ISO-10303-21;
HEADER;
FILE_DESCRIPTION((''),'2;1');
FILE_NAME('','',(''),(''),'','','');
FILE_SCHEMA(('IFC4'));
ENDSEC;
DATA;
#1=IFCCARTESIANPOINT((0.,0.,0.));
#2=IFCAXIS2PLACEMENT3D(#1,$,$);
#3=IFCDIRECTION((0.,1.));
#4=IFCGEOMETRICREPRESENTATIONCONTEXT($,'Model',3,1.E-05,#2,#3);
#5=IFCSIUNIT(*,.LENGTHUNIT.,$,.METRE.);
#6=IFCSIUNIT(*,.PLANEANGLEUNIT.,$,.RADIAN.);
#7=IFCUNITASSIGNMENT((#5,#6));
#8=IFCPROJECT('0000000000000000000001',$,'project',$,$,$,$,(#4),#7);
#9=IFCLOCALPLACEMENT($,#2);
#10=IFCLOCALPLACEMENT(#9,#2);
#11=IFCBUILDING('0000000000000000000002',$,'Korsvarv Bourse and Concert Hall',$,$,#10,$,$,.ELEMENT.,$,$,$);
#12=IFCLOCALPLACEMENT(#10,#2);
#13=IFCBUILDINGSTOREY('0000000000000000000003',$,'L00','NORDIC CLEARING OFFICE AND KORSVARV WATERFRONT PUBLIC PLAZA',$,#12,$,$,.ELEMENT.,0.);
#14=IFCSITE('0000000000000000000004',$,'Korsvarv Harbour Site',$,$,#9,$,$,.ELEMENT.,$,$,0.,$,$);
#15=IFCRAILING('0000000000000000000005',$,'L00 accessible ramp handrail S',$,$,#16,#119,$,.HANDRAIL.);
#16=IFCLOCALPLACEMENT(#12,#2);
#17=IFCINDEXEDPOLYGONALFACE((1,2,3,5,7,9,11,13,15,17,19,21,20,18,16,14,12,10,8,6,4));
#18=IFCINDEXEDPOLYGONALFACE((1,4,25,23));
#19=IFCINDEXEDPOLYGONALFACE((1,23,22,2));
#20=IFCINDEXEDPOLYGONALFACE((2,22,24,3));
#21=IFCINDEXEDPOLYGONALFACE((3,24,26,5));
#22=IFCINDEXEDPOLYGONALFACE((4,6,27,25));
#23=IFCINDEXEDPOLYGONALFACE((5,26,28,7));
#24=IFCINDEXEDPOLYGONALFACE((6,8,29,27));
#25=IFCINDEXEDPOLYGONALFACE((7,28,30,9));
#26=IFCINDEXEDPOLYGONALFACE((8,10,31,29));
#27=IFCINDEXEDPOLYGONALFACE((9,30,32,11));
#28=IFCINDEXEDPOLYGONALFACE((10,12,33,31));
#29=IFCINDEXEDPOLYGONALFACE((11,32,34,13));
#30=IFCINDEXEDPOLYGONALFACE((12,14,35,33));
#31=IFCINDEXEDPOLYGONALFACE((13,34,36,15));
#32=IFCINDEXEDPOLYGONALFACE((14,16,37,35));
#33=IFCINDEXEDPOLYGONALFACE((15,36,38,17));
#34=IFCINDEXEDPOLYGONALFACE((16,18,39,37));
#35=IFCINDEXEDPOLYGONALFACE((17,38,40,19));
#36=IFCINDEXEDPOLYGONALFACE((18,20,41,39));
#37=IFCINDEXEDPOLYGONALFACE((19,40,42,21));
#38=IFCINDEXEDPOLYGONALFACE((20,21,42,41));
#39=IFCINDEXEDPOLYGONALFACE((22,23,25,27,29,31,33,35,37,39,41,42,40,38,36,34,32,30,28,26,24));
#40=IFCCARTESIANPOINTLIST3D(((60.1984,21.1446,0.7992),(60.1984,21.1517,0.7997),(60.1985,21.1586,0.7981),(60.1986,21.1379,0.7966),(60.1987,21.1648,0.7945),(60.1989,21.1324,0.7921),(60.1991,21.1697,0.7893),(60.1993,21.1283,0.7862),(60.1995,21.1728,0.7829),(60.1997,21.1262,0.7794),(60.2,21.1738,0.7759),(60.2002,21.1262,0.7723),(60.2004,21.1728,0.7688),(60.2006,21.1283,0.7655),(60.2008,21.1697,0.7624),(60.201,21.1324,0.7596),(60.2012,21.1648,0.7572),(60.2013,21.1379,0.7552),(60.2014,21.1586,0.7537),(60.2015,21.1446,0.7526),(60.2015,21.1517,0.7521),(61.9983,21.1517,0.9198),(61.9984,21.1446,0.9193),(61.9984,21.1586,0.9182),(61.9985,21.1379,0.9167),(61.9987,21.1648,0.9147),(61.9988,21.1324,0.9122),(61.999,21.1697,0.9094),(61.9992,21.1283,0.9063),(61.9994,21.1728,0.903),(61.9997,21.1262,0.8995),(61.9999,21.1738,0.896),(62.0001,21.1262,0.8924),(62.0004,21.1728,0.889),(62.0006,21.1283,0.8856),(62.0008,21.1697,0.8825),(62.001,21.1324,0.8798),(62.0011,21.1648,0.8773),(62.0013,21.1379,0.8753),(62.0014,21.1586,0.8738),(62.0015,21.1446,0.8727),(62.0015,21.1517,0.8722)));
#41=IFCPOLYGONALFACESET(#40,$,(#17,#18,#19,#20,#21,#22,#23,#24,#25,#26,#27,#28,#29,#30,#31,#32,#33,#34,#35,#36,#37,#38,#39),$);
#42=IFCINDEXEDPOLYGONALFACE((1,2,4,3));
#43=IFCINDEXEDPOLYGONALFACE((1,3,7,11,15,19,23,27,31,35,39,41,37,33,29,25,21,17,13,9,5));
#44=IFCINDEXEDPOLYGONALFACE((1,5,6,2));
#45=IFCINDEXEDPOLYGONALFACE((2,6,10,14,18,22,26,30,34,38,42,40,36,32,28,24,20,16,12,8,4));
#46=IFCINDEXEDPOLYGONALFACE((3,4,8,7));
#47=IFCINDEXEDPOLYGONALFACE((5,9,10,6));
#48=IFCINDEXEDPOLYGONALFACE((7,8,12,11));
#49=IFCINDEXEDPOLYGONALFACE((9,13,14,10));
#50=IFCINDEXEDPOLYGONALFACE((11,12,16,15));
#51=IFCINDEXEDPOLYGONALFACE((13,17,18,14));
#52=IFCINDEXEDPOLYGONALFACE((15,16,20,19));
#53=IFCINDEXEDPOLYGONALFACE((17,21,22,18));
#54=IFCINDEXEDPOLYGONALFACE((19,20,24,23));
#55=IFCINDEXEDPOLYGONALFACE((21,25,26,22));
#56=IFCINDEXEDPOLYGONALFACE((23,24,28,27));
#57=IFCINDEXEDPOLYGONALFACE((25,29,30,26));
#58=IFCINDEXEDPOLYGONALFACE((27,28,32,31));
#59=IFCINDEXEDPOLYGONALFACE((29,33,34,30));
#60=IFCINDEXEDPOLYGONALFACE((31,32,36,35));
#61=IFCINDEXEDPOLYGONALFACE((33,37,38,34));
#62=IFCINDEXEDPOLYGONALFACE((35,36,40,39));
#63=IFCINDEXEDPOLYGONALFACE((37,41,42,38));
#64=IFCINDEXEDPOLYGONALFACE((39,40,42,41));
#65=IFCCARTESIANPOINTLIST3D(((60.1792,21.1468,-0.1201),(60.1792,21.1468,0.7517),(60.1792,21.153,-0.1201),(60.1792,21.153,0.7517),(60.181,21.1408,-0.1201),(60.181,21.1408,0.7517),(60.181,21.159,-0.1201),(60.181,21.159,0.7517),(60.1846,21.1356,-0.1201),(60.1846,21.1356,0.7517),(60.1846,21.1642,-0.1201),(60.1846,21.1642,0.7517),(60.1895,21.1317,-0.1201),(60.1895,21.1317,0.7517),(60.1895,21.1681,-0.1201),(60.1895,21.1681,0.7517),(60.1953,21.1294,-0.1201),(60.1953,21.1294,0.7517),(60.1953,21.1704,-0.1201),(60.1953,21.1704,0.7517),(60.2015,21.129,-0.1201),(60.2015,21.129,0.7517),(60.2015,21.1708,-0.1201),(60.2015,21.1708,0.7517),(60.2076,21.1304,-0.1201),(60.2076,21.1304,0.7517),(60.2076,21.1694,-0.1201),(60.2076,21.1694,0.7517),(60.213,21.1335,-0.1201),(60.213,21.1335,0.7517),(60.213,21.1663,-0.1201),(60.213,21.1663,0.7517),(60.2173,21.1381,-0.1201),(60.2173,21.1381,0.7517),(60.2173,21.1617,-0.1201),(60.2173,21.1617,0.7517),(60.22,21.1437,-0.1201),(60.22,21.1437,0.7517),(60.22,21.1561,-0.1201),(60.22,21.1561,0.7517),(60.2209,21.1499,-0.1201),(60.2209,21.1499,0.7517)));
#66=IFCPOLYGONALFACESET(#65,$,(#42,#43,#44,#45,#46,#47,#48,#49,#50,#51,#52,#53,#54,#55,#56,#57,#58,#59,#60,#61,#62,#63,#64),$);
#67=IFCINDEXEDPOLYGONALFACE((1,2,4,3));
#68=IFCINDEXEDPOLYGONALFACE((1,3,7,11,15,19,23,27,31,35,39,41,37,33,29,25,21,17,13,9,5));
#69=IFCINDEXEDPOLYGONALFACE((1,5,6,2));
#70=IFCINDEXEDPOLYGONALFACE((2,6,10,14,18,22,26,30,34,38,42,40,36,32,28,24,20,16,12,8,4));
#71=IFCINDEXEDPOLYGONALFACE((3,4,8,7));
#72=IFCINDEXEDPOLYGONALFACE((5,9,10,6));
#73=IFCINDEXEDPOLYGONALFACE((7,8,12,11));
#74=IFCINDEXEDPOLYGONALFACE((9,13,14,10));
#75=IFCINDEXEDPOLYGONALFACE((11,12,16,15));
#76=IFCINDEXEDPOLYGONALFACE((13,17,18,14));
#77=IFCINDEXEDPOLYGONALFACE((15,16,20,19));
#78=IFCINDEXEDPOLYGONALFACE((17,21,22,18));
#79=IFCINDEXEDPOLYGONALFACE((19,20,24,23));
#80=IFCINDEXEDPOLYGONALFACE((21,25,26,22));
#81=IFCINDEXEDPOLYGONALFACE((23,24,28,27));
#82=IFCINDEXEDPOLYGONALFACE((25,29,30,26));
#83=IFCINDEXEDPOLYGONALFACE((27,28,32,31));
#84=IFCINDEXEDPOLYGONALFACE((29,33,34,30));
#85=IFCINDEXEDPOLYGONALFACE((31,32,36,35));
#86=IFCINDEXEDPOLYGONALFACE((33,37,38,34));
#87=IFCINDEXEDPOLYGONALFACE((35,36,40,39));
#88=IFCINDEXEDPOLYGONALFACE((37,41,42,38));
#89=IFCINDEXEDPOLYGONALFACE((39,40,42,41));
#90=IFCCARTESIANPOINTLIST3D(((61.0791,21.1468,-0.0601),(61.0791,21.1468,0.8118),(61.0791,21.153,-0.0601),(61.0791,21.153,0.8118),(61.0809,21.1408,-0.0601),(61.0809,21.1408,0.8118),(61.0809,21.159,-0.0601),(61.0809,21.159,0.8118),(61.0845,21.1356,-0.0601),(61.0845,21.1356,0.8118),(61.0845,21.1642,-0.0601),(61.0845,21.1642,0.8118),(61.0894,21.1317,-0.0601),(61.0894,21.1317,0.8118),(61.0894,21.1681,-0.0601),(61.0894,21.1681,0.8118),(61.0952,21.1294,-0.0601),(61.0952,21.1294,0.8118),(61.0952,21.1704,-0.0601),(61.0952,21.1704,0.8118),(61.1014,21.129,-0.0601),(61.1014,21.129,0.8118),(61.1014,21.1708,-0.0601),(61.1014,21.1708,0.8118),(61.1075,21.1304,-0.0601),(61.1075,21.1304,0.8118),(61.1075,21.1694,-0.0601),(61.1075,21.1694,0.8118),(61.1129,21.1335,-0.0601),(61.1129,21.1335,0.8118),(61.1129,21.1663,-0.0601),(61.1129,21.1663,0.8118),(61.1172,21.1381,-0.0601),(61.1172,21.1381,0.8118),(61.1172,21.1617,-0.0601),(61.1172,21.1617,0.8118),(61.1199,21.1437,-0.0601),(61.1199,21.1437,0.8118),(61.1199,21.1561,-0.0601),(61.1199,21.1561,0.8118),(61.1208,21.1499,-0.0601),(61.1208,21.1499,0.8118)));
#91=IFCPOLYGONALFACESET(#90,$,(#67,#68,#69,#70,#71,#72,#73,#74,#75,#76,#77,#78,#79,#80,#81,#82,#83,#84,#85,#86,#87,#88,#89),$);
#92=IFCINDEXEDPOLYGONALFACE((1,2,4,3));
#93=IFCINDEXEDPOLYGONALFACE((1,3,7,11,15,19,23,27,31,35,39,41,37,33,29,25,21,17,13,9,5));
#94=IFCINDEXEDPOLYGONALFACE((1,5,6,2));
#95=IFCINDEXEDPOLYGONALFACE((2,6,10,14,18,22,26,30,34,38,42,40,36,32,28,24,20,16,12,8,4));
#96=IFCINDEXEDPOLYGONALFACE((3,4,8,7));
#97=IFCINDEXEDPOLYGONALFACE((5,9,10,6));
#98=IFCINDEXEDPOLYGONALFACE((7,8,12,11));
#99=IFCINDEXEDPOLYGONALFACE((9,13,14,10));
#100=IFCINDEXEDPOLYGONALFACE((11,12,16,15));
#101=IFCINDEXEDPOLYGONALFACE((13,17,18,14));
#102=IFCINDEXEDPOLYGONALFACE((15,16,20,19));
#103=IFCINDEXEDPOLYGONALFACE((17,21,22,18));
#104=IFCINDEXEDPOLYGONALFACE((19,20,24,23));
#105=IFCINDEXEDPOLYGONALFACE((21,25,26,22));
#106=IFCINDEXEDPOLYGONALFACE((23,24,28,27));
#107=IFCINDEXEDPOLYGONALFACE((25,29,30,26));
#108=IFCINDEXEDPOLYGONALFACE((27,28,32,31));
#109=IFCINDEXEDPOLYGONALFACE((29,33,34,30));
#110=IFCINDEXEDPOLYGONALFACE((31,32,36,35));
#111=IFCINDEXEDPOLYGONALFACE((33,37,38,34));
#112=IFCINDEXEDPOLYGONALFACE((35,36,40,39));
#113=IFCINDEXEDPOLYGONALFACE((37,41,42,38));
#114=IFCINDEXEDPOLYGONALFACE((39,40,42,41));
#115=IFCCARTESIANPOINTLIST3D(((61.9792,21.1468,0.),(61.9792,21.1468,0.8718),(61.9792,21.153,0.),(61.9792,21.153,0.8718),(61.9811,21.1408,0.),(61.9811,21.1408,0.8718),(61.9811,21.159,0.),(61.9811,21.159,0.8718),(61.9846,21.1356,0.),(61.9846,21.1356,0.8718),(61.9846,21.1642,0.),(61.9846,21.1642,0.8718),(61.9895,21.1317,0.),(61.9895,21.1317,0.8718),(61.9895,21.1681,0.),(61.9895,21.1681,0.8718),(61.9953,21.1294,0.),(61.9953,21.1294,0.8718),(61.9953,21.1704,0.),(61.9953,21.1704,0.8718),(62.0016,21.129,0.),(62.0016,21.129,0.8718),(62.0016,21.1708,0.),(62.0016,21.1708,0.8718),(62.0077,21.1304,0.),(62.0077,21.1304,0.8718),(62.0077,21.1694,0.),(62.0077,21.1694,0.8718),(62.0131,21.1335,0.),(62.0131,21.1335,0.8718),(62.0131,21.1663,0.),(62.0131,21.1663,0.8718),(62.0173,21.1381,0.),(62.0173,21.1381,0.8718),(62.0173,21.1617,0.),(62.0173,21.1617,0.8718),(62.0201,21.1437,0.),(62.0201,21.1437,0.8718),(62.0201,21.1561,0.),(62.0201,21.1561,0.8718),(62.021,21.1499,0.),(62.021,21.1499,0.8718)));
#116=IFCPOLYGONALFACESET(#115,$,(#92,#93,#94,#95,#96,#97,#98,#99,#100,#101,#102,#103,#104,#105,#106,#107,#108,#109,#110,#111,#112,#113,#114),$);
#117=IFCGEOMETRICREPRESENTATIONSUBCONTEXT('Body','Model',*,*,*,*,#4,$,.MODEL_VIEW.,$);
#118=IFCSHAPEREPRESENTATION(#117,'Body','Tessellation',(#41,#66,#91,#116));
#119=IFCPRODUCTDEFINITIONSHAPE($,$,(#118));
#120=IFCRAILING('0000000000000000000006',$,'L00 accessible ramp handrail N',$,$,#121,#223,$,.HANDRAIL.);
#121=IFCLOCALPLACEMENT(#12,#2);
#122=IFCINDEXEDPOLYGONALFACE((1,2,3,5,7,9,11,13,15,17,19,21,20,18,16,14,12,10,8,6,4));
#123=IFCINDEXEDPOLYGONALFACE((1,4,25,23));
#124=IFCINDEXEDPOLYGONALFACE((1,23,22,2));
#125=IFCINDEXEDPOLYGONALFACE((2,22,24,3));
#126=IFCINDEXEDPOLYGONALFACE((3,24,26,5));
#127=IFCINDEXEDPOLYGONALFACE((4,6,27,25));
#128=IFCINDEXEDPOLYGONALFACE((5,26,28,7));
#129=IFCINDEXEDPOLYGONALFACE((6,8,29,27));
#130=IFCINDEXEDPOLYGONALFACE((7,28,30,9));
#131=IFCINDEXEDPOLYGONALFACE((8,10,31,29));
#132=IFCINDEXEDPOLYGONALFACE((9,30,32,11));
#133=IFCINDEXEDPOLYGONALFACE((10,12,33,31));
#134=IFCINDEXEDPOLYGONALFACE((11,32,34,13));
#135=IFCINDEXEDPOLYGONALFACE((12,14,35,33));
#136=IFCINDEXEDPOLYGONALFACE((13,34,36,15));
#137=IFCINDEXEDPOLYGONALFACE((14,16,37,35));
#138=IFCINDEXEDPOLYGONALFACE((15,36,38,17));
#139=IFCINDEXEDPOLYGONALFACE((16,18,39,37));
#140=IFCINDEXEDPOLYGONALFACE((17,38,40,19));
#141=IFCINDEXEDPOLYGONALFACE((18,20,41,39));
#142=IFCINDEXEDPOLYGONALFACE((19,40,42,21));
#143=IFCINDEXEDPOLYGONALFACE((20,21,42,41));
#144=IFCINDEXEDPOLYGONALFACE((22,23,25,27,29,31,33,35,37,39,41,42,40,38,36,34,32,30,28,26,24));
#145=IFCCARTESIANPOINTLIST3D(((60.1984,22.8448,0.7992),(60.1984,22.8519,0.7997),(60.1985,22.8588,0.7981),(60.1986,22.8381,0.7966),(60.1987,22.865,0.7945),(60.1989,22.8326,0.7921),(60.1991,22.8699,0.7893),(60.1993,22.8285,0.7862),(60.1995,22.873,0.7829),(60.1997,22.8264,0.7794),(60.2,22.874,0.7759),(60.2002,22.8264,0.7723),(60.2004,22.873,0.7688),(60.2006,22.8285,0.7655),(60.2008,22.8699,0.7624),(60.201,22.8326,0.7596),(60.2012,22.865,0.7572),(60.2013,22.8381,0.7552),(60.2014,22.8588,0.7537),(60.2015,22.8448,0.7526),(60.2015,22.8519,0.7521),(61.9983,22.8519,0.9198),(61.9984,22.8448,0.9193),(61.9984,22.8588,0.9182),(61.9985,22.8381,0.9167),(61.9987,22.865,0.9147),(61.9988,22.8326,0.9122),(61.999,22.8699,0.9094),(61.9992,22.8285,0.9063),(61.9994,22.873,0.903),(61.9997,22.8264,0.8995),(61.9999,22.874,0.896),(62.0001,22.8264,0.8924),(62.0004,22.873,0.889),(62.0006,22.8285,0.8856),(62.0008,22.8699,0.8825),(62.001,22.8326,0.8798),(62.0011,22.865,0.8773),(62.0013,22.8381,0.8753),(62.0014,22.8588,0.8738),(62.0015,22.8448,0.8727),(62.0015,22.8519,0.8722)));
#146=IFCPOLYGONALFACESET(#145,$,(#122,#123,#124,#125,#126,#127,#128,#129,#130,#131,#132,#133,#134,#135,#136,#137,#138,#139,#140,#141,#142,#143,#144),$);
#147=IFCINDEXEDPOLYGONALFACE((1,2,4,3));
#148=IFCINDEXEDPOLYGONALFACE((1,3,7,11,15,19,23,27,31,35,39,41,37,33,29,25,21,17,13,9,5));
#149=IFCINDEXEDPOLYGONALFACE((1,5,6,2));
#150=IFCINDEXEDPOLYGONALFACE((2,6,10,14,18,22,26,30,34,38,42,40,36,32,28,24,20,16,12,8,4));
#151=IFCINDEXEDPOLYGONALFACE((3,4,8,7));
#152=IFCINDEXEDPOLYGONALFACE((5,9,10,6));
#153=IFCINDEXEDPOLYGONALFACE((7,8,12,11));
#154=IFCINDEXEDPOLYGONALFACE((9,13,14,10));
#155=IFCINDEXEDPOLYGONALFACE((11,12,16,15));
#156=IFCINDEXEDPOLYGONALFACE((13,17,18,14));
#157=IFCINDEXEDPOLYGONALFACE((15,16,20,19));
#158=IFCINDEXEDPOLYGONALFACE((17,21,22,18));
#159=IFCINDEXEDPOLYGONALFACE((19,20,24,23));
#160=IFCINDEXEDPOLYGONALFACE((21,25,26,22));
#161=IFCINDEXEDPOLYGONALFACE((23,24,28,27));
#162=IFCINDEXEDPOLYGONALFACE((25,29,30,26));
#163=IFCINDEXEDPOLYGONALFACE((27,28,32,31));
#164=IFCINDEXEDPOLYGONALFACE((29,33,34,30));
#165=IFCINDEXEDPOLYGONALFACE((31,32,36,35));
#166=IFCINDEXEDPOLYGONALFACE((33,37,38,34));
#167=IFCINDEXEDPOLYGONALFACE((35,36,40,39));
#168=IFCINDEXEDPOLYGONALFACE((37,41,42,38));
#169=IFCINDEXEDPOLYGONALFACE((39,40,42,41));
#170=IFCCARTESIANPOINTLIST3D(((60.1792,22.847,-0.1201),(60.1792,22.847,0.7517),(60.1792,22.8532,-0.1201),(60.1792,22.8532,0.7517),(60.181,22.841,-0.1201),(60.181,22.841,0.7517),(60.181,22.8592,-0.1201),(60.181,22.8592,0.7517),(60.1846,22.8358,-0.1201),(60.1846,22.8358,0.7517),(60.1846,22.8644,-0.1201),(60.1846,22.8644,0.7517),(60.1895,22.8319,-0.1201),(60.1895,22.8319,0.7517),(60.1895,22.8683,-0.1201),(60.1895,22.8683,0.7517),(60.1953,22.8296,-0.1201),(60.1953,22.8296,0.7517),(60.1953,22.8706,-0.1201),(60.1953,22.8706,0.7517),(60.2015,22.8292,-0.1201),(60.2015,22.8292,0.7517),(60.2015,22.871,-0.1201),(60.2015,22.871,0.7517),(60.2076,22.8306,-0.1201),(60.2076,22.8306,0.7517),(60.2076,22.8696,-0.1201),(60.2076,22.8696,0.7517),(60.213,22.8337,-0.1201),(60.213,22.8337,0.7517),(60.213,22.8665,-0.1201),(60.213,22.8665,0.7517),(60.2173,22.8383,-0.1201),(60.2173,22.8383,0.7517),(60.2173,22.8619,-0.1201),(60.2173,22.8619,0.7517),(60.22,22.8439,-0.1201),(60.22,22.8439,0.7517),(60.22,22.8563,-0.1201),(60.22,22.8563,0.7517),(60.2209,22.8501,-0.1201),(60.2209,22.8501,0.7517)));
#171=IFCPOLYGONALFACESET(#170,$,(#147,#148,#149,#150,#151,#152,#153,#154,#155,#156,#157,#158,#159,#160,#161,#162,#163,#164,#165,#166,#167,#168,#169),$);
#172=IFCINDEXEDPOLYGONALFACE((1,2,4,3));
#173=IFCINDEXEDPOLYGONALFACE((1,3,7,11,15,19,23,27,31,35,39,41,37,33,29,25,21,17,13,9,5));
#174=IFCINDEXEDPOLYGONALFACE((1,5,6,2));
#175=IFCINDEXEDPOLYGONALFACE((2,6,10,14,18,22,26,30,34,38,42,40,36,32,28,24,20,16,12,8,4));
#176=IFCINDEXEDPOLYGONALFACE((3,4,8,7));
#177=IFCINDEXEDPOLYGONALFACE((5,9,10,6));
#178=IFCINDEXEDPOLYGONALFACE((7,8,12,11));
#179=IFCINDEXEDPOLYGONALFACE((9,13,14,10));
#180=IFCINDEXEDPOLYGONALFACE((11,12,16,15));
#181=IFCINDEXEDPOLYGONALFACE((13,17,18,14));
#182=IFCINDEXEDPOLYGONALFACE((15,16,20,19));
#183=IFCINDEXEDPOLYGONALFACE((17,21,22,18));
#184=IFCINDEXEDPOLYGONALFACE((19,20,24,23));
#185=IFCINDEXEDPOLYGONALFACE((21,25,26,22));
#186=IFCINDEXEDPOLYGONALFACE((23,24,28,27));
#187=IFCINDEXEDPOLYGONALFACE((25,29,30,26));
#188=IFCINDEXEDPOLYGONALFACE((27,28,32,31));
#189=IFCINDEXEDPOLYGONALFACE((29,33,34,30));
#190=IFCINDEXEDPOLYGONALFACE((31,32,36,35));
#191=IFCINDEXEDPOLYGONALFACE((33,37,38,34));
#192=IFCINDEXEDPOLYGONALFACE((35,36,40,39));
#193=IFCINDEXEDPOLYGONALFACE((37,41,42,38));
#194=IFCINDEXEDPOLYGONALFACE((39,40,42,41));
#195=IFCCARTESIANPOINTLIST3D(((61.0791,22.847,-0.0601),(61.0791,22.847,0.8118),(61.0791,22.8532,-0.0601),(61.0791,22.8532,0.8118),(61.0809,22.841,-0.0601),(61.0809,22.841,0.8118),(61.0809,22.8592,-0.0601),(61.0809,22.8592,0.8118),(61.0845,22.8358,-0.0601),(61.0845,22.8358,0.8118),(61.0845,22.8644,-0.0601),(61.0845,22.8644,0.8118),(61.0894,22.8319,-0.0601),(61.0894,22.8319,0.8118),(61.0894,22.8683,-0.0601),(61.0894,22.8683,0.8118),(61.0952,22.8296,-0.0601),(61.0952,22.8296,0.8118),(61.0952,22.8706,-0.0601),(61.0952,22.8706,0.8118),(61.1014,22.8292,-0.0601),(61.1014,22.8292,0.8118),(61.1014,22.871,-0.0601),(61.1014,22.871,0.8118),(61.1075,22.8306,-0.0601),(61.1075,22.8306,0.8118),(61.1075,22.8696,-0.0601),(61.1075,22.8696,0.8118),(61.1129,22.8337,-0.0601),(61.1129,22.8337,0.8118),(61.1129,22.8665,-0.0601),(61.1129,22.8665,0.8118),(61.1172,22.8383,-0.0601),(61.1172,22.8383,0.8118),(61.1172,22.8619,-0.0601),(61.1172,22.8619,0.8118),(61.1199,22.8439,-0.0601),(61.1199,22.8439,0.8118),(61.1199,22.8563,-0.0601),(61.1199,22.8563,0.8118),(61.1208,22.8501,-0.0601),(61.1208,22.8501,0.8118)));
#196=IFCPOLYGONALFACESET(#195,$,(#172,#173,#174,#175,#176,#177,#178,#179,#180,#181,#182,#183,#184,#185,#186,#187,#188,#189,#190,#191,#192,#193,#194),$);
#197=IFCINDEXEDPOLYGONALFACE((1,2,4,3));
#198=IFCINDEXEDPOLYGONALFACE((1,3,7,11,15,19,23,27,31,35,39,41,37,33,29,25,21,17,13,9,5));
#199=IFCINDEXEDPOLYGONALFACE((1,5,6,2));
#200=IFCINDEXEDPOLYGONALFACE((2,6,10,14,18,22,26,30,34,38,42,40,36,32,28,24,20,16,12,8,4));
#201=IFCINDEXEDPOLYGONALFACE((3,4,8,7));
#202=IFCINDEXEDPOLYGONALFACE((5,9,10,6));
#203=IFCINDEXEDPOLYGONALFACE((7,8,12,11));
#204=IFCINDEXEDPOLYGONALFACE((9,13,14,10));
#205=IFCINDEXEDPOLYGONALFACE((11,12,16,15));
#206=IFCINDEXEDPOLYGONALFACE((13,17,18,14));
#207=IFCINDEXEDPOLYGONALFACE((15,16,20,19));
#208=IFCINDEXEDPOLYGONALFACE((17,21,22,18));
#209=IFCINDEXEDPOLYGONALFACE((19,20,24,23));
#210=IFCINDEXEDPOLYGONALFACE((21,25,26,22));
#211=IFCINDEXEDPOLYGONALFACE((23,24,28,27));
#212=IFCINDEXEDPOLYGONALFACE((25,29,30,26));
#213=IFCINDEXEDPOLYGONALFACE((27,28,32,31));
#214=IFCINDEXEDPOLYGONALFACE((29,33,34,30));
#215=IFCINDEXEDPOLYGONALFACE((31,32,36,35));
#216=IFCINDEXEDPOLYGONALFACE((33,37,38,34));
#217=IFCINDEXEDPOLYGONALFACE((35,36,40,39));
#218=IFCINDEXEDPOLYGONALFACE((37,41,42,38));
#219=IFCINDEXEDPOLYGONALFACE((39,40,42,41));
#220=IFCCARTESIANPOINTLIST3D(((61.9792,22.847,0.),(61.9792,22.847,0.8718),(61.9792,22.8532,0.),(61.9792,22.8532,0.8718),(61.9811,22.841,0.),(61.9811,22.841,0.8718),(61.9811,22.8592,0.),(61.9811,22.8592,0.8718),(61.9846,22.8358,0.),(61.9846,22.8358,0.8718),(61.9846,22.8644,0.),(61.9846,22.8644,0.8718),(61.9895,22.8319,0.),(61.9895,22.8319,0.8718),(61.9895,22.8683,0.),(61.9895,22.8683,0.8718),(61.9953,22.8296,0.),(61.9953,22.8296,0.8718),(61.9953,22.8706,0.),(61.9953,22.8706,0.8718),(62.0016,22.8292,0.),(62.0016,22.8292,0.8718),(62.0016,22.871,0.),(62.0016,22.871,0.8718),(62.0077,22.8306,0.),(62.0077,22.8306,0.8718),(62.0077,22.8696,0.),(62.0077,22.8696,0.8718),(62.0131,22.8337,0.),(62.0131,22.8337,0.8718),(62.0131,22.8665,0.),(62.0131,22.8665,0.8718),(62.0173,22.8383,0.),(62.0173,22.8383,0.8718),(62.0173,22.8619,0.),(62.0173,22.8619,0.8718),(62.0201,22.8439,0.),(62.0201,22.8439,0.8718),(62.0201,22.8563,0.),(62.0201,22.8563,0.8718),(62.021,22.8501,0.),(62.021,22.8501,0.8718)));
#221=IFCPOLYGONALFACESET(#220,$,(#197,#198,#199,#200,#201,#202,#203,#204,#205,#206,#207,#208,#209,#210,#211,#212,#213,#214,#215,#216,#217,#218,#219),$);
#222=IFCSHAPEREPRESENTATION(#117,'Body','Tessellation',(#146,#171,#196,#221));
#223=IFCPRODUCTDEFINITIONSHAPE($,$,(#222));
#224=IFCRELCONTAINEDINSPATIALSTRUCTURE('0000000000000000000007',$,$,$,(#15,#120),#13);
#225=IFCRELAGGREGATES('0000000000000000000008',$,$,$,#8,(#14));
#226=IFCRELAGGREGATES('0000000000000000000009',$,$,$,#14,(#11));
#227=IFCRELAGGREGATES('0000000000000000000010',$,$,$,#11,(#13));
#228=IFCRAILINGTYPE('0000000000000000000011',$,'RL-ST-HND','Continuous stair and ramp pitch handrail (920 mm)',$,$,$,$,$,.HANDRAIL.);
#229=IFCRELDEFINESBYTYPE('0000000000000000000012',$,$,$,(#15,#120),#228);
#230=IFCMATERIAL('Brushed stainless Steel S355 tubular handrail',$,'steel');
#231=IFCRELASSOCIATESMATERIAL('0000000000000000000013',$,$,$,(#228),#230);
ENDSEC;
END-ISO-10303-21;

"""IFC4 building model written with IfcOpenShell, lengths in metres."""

from ifc_helpers import new_model, si_unit, direction, frame, origin, origin_2d, place, context, subcontext, project, spatial, circle, extrude, material, type_object, element, save


model = new_model("IFC4")

# Units and contexts
model_context = context("Model", 3, precision=1e-05, world=origin(), true_north=direction((0.0, 1.0)))
body_context = subcontext(model_context, "Body", "Model", "MODEL_VIEW")
ifc_project = project(units=[si_unit("LENGTHUNIT", "METRE"), si_unit("PLANEANGLEUNIT", "RADIAN")], contexts=[model_context])

# Site, building, storey
site_placement = place(None, origin())
site = spatial("IfcSite", under=ifc_project, at=site_placement, Name="Korsvarv Harbour Site", CompositionType="ELEMENT", RefElevation=0.0)
building_placement = place(site_placement, origin())
building = spatial("IfcBuilding", under=site, at=building_placement, Name="Korsvarv Bourse and Concert Hall", CompositionType="ELEMENT")
storey_placement = place(building_placement, origin())
storey = spatial("IfcBuildingStorey", under=building, at=storey_placement, Name="L00", Description="NORDIC CLEARING OFFICE AND KORSVARV WATERFRONT PUBLIC PLAZA", CompositionType="ELEMENT", Elevation=0.0)

# Railings
ifc_material_1 = material(Name="Brushed stainless Steel S355 tubular handrail", Category="steel")
railing_type = type_object("IfcRailingType", Name="RL-ST-HND", Description="Continuous stair and ramp pitch handrail (920 mm)", PredefinedType="HANDRAIL", material=ifc_material_1)
for number, where, name in (
    (1, (60.2, 21.1499, -0.1201), "L00 accessible ramp handrail S"),
    (2, (60.2, 22.8501, -0.1201), "L00 accessible ramp handrail N"),
):
    element("IfcRailing", number, at=place(storey_placement, frame(where)), inside=storey, type_object=railing_type, Name=name, PredefinedType="HANDRAIL", context=body_context, shape_type="SweptSolid", body=[
        extrude(circle(Radius=0.0239, at=origin_2d()), frame((0.0, 0.0, 0.896), z_axis=(0.997781, 0.0, 0.066582), x_axis=(0.0, 1.0, 0.0)), (0.0, 0.0, 1.0), 1.804),
        extrude(circle(Radius=0.021, at=origin_2d()), origin(), (0.0, 0.0, 1.0), 0.8718),
        extrude(circle(Radius=0.021, at=origin_2d()), frame((0.8999, 0.0, 0.0601)), (0.0, 0.0, 1.0), 0.8718),
        extrude(circle(Radius=0.021, at=origin_2d()), frame((1.8, 0.0, 0.1201)), (0.0, 0.0, 1.0), 0.8718),
    ])

save(model, "model.ifc")
